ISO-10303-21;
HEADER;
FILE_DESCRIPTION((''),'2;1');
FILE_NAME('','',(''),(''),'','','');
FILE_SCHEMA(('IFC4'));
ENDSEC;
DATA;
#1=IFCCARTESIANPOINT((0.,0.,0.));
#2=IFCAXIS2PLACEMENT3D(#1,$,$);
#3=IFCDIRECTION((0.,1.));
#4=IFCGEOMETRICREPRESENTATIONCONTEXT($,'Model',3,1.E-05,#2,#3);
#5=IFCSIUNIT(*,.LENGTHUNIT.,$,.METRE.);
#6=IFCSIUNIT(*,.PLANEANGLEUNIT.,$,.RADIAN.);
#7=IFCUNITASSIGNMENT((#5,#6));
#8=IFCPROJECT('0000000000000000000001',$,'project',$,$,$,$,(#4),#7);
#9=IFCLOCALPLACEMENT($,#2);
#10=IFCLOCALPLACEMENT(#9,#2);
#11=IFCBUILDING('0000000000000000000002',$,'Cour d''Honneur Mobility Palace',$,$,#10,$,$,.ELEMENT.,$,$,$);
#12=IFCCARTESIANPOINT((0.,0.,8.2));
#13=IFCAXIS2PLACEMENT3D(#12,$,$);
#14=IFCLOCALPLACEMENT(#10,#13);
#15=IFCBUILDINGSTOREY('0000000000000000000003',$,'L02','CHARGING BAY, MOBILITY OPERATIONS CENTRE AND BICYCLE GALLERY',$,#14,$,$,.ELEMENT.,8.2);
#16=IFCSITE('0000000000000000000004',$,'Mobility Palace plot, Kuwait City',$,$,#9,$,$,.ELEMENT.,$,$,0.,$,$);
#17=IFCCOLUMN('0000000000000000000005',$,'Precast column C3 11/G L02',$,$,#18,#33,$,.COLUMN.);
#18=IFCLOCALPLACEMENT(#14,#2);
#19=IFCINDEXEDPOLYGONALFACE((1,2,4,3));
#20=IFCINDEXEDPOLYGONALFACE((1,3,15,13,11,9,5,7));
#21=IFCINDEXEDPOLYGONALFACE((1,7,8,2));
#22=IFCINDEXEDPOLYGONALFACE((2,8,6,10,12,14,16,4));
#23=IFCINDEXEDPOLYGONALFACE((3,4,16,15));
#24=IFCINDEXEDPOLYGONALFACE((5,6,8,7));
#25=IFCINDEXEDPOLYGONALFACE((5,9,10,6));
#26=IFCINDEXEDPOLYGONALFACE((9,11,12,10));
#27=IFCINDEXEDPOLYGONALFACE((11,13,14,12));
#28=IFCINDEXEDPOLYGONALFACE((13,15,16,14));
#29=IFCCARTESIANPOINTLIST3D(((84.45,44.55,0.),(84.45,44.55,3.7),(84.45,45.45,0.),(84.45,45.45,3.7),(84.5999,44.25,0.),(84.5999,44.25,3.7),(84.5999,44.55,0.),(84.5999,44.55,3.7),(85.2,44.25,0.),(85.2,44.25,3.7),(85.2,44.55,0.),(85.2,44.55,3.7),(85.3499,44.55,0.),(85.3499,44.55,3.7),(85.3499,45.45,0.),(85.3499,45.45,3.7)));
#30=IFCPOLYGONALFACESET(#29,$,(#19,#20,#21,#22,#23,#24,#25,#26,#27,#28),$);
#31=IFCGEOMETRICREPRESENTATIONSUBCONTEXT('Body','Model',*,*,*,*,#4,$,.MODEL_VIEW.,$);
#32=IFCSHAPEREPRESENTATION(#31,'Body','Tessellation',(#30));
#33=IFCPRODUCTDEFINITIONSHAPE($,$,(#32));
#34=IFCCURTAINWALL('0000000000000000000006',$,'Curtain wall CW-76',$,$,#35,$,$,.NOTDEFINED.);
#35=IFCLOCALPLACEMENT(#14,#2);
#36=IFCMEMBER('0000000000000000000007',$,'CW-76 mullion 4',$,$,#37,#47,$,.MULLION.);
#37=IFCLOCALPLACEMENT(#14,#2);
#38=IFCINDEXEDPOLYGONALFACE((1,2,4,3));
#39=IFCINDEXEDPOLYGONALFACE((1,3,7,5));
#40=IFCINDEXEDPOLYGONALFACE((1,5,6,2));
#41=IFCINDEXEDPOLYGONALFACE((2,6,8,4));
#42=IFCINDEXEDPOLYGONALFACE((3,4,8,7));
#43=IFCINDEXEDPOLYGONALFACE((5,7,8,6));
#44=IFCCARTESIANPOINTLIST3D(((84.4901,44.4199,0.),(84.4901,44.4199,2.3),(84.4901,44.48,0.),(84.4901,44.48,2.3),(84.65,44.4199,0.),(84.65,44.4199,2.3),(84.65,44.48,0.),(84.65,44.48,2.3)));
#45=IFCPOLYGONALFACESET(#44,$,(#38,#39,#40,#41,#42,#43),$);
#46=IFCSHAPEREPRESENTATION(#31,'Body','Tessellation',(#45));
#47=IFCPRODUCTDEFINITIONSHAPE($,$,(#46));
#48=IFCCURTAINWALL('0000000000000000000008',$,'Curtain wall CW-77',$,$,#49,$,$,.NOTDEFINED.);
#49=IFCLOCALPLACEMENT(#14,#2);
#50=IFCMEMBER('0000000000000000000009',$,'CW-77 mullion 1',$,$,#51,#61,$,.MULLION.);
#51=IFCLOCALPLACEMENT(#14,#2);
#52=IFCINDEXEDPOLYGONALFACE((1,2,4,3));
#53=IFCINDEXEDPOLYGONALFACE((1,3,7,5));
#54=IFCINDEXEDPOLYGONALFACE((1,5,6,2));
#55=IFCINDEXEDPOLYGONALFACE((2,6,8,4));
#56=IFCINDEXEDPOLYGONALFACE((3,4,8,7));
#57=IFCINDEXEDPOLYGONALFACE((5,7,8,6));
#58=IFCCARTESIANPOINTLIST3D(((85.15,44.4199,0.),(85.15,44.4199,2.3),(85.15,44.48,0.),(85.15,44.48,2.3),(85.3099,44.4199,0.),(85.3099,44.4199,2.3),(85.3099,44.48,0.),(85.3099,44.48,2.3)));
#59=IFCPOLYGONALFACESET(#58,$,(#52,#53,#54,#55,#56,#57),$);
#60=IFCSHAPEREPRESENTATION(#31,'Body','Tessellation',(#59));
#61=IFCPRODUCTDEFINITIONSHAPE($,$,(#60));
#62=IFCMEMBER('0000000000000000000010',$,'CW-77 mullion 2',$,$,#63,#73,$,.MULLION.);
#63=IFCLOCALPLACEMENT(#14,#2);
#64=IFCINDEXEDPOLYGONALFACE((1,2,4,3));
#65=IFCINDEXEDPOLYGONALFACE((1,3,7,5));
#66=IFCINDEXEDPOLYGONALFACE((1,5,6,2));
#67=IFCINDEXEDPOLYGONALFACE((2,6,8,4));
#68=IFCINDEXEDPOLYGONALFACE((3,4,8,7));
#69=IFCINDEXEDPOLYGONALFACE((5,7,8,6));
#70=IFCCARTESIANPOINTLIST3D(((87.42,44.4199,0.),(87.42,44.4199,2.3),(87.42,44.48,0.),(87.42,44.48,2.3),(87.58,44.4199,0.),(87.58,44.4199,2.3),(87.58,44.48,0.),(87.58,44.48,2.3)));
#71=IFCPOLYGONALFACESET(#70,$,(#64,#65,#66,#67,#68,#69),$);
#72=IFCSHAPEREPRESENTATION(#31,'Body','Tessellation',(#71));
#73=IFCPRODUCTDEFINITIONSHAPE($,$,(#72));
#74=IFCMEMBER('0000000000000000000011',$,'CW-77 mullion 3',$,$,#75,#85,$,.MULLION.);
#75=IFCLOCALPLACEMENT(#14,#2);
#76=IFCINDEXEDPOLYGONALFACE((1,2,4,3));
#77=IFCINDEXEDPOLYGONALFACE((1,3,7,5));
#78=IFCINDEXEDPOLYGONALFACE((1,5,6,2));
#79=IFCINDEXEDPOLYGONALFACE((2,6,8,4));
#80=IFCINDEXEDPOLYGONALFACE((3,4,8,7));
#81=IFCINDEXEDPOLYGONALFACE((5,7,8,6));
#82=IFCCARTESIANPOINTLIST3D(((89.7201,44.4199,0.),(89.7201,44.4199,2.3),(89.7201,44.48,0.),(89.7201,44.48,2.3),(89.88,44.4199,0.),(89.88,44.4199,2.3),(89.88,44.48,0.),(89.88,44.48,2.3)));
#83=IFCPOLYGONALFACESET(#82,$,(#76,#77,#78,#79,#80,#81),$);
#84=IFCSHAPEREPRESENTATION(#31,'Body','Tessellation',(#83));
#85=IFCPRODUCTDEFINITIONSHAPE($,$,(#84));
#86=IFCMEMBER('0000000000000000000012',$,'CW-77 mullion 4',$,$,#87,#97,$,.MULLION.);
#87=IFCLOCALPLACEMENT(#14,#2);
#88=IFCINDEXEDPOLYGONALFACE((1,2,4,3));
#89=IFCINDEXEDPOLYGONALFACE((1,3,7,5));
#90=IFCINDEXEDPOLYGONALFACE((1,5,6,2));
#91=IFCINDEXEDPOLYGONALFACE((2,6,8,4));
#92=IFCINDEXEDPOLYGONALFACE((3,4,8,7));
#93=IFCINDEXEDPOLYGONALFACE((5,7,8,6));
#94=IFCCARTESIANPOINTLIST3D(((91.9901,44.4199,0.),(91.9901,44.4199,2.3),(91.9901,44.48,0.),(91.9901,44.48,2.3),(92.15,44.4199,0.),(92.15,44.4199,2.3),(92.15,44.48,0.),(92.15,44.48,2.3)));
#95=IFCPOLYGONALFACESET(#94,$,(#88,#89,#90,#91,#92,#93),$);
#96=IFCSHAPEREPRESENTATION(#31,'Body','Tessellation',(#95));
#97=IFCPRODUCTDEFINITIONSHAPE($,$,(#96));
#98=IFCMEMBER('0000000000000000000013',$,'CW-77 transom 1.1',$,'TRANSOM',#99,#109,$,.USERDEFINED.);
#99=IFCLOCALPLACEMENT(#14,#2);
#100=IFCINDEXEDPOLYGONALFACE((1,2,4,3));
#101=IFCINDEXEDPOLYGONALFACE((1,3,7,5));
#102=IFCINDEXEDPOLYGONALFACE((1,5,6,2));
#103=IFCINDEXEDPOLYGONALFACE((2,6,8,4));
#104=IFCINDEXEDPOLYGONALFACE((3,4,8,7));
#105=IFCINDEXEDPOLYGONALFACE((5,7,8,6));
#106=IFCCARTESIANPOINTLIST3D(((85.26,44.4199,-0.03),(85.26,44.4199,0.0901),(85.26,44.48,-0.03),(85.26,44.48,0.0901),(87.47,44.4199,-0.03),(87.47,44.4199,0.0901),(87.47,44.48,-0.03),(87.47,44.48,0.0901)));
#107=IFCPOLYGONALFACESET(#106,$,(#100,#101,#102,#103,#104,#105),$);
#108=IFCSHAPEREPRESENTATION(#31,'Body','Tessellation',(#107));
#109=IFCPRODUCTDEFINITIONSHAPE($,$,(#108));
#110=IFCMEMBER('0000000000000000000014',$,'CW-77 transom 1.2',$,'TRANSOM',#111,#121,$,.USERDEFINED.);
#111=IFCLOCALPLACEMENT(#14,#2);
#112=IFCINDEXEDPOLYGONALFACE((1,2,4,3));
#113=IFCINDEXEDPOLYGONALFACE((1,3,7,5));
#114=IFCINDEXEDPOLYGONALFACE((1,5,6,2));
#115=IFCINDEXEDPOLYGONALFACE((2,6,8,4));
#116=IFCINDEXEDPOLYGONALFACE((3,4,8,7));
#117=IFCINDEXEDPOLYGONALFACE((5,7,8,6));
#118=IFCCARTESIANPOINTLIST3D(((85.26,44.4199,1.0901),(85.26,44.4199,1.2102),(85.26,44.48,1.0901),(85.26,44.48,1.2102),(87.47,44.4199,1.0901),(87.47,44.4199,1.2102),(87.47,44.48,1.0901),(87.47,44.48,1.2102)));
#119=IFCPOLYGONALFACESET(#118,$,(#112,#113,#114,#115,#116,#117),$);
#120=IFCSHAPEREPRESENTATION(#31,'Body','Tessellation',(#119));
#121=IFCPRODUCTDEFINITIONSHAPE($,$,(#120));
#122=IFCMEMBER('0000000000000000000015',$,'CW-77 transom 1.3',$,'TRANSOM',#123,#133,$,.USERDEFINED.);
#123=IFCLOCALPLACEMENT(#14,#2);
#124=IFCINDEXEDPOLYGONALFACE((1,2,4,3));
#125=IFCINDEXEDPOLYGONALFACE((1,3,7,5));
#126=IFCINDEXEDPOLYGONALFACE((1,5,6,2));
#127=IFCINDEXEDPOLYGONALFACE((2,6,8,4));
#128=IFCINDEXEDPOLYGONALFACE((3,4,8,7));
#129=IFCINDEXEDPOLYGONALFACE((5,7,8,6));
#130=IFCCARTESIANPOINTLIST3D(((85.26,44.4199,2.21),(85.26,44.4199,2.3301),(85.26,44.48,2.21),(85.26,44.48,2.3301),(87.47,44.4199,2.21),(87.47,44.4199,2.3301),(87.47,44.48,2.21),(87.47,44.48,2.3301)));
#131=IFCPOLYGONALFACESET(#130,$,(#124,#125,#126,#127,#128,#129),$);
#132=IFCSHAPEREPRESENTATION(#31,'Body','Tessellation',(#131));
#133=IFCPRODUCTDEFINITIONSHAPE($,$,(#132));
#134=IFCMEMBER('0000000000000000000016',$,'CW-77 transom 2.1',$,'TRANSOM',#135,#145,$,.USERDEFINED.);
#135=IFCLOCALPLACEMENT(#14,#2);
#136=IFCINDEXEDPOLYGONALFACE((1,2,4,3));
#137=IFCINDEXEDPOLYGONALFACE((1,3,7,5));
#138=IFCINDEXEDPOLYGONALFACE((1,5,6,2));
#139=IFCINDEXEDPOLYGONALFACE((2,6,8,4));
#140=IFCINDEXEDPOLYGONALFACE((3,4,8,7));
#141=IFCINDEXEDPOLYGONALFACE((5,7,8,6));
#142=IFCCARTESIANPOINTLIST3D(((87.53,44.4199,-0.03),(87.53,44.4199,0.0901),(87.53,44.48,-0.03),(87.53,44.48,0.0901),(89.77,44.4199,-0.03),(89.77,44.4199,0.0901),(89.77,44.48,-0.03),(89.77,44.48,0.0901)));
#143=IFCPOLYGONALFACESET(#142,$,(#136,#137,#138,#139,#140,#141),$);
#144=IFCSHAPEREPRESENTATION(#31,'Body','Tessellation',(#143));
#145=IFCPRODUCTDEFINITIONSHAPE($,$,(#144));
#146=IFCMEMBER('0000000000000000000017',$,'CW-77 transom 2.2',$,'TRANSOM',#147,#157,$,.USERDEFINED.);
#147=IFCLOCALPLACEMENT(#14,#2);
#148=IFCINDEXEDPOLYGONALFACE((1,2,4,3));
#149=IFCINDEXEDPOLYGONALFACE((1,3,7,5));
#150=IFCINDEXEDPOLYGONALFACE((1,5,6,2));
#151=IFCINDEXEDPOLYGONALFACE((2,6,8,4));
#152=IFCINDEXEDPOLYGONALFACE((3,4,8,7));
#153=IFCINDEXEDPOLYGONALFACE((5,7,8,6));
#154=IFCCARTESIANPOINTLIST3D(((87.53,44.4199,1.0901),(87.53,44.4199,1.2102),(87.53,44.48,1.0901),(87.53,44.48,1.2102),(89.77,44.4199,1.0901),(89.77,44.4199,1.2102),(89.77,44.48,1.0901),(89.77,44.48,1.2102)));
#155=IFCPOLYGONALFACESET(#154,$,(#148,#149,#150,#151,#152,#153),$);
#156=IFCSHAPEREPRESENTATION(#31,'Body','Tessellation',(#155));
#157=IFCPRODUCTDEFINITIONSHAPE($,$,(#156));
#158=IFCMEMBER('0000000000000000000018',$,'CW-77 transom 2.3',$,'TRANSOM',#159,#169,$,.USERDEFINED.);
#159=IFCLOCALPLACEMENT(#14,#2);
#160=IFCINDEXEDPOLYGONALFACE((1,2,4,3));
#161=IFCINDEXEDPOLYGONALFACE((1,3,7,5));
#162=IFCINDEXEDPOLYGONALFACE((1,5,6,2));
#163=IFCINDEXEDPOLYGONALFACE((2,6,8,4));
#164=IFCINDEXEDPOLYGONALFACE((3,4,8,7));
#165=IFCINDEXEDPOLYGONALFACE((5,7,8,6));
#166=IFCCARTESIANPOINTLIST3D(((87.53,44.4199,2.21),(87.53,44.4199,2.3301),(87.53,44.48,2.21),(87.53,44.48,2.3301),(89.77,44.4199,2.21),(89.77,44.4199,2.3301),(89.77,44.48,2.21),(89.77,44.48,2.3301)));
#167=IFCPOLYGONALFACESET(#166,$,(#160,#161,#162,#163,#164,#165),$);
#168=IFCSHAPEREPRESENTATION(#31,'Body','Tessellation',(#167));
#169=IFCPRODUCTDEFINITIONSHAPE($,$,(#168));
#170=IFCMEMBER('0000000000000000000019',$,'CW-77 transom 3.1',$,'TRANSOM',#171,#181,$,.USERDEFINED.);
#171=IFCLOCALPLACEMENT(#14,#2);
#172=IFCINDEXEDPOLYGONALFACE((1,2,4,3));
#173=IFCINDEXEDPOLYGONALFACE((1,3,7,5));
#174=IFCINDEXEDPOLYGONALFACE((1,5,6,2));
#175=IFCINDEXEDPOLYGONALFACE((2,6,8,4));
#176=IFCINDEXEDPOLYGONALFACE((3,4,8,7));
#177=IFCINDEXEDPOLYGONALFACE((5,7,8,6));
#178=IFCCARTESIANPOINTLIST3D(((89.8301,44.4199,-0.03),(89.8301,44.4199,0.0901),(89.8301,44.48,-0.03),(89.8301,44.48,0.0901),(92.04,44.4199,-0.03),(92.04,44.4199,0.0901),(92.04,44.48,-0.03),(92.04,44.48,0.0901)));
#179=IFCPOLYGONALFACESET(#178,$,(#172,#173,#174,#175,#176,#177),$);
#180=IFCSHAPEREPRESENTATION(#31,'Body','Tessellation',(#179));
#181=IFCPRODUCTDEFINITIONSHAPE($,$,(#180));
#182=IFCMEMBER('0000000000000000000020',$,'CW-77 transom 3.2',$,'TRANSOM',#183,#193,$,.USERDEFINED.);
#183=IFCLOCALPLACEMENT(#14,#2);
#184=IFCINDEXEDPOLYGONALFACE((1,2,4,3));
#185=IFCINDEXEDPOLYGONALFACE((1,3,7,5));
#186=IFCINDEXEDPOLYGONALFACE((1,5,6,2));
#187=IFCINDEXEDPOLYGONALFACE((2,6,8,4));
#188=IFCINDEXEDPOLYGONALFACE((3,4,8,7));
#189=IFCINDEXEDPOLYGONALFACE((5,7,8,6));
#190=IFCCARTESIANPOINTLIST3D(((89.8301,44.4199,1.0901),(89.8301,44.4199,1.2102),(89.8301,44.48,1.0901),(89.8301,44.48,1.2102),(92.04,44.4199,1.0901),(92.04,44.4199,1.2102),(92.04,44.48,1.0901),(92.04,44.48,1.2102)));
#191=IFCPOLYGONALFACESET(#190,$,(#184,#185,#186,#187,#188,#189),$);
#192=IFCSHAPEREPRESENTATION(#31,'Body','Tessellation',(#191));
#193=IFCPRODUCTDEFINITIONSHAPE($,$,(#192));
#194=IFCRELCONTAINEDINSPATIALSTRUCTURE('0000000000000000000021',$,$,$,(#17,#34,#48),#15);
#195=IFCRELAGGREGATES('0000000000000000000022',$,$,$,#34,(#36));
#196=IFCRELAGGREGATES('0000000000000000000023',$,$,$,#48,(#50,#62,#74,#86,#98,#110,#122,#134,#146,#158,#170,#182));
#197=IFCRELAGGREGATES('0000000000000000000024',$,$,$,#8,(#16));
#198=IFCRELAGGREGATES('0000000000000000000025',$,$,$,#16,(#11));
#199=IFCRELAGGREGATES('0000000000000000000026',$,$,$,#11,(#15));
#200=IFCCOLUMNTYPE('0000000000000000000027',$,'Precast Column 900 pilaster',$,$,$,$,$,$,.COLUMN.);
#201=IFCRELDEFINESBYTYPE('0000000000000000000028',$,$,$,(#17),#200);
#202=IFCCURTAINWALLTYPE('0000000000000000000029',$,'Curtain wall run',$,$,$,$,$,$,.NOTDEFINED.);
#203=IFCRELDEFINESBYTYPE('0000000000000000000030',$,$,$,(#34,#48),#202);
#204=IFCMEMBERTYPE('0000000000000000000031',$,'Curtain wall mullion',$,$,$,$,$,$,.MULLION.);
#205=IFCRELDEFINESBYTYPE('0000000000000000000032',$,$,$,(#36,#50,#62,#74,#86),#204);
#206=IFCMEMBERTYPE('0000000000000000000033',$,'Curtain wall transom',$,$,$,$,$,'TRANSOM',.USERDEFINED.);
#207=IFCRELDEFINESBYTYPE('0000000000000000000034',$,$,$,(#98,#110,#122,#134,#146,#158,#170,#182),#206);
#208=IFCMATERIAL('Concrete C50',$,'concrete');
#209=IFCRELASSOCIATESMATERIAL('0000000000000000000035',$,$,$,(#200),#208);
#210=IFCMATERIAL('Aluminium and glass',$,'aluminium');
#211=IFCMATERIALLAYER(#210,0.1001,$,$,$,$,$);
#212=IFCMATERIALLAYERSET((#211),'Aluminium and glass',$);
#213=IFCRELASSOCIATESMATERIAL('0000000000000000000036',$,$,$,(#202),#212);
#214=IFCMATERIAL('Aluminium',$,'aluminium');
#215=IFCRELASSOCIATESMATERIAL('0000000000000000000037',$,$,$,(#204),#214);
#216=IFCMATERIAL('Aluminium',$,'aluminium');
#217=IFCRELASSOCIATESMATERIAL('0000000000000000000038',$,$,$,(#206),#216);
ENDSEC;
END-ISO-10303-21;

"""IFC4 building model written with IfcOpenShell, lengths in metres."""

from ifc_helpers import new_model, si_unit, direction, frame, origin, origin_2d, place, context, subcontext, project, spatial, polyline, rectangle, outline, extrude, material, layer, layer_set, material_profile, profile_set, type_object, element, aggregate, save


model = new_model("IFC4")

# Units and contexts
model_context = context("Model", 3, precision=1e-05, world=origin(), true_north=direction((0.0, 1.0)))
body_context = subcontext(model_context, "Body", "Model", "MODEL_VIEW")
ifc_project = project(units=[si_unit("LENGTHUNIT", "METRE"), si_unit("PLANEANGLEUNIT", "RADIAN")], contexts=[model_context])

# Site, building, storey
site_placement = place(None, origin())
site = spatial("IfcSite", under=ifc_project, at=site_placement, Name="Mobility Palace plot, Kuwait City", CompositionType="ELEMENT", RefElevation=0.0)
building_placement = place(site_placement, origin())
building = spatial("IfcBuilding", under=site, at=building_placement, Name="Cour d'Honneur Mobility Palace", CompositionType="ELEMENT")
storey_placement = place(building_placement, frame((0.0, 0.0, 8.2)))
storey = spatial("IfcBuildingStorey", under=building, at=storey_placement, Name="L02", Description="CHARGING BAY, MOBILITY OPERATIONS CENTRE AND BICYCLE GALLERY", CompositionType="ELEMENT", Elevation=8.2)

# Column
ifc_material_1 = material(Name="Concrete C50", Category="concrete")
ifc_material_profile_1 = material_profile(ifc_material_1, outline(polyline([(-0.45, -0.45), (0.45, -0.45), (0.45, -0.3), (0.75, -0.3), (0.75, 0.3), (0.45, 0.3), (0.45, 0.45), (-0.45, 0.45), (-0.45, -0.45)])), Name="PC C900 pilaster")
ifc_profile_set_1 = profile_set([ifc_material_profile_1], Name="Concrete C50")
column_type = type_object("IfcColumnType", Name="Precast Column 900 pilaster", PredefinedType="COLUMN", material=ifc_profile_set_1)
column_placement = place(storey_placement, frame((84.8999, 45.0, 0.0), z_axis=(0.0, 0.0, 1.0), x_axis=(0.0, -1.0, 0.0)))
element("IfcColumn", 1, at=column_placement, inside=storey, type_object=column_type, Name="Precast column C3 11/G L02", PredefinedType="COLUMN", context=body_context, shape_type="SweptSolid", body=[
    extrude(outline(polyline([(-0.45, -0.45), (0.45, -0.45), (0.45, -0.3), (0.75, -0.3), (0.75, 0.3), (0.45, 0.3), (0.45, 0.45), (-0.45, 0.45), (-0.45, -0.45)])), origin(), (0.0, 0.0, 1.0), 3.7),
])

# Curtain wall, member
ifc_material_2 = material(Name="Aluminium and glass", Category="aluminium")
ifc_layer_1 = layer(ifc_material_2, 0.1001)
ifc_layer_set_1 = layer_set([ifc_layer_1], Name="Aluminium and glass")
curtain_wall_type = type_object("IfcCurtainWallType", Name="Curtain wall run", PredefinedType="NOTDEFINED", material=ifc_layer_set_1)
curtain_wall_1_placement = place(storey_placement, origin())
curtain_wall_1 = element("IfcCurtainWall", 2, at=curtain_wall_1_placement, inside=storey, type_object=curtain_wall_type, Name="Curtain wall CW-76", PredefinedType="NOTDEFINED")
ifc_material_3 = material(Name="Aluminium", Category="aluminium")
ifc_material_profile_2 = material_profile(ifc_material_3, rectangle(XDim=0.0601, YDim=0.1599, at=origin_2d()), Name="Curtain wall mullion")
ifc_profile_set_2 = profile_set([ifc_material_profile_2], Name="Aluminium")
member_type_1 = type_object("IfcMemberType", Name="Curtain wall mullion", PredefinedType="MULLION", material=ifc_profile_set_2)
member_1_placement = place(storey_placement, frame((84.5701, 44.45, 0.0), z_axis=(0.0, 0.0, 1.0), x_axis=(0.0, 1.0, 0.0)))
member_1 = element("IfcMember", 3, at=member_1_placement, type_object=member_type_1, Name="CW-76 mullion 4", PredefinedType="MULLION", context=body_context, shape_type="SweptSolid", body=[
    extrude(rectangle(XDim=0.0601, YDim=0.1599, at=origin_2d()), origin(), (0.0, 0.0, 1.0), 2.3),
])
aggregate(curtain_wall_1, [member_1])

# Curtain wall, members
curtain_wall_2_placement = place(storey_placement, origin())
curtain_wall_2 = element("IfcCurtainWall", 4, at=curtain_wall_2_placement, inside=storey, type_object=curtain_wall_type, Name="Curtain wall CW-77", PredefinedType="NOTDEFINED")
member_2_placement = place(storey_placement, frame((85.23, 44.45, 0.0), z_axis=(0.0, 0.0, 1.0), x_axis=(0.0, 1.0, 0.0)))
member_2 = element("IfcMember", 5, at=member_2_placement, type_object=member_type_1, Name="CW-77 mullion 1", PredefinedType="MULLION", context=body_context, shape_type="SweptSolid", body=[
    extrude(rectangle(XDim=0.0601, YDim=0.1599, at=origin_2d()), origin(), (0.0, 0.0, 1.0), 2.3),
])
member_3_placement = place(storey_placement, frame((87.5, 44.45, 0.0), z_axis=(0.0, 0.0, 1.0), x_axis=(0.0, 1.0, 0.0)))
member_3 = element("IfcMember", 6, at=member_3_placement, type_object=member_type_1, Name="CW-77 mullion 2", PredefinedType="MULLION", context=body_context, shape_type="SweptSolid", body=[
    extrude(rectangle(XDim=0.0601, YDim=0.1599, at=origin_2d()), origin(), (0.0, 0.0, 1.0), 2.3),
])
member_4_placement = place(storey_placement, frame((89.8, 44.45, 0.0), z_axis=(0.0, 0.0, 1.0), x_axis=(0.0, 1.0, 0.0)))
member_4 = element("IfcMember", 7, at=member_4_placement, type_object=member_type_1, Name="CW-77 mullion 3", PredefinedType="MULLION", context=body_context, shape_type="SweptSolid", body=[
    extrude(rectangle(XDim=0.0601, YDim=0.1599, at=origin_2d()), origin(), (0.0, 0.0, 1.0), 2.3),
])
member_5_placement = place(storey_placement, frame((92.0701, 44.45, 0.0), z_axis=(0.0, 0.0, 1.0), x_axis=(0.0, 1.0, 0.0)))
member_5 = element("IfcMember", 8, at=member_5_placement, type_object=member_type_1, Name="CW-77 mullion 4", PredefinedType="MULLION", context=body_context, shape_type="SweptSolid", body=[
    extrude(rectangle(XDim=0.0601, YDim=0.1599, at=origin_2d()), origin(), (0.0, 0.0, 1.0), 2.3),
])
ifc_material_4 = material(Name="Aluminium", Category="aluminium")
ifc_material_profile_3 = material_profile(ifc_material_4, rectangle(XDim=0.0601, YDim=0.1201, at=origin_2d()), Name="Curtain wall transom")
ifc_profile_set_3 = profile_set([ifc_material_profile_3], Name="Aluminium")
member_type_2 = type_object("IfcMemberType", Name="Curtain wall transom", ElementType="TRANSOM", PredefinedType="USERDEFINED", material=ifc_profile_set_3)
member_6_placement = place(storey_placement, frame((85.26, 44.45, 0.03), z_axis=(1.0, 0.0, 0.0), x_axis=(0.0, 1.0, 0.0)))
member_6 = element("IfcMember", 9, at=member_6_placement, type_object=member_type_2, Name="CW-77 transom 1.1", ObjectType="TRANSOM", PredefinedType="USERDEFINED", context=body_context, shape_type="SweptSolid", body=[
    extrude(rectangle(XDim=0.0601, YDim=0.1201, at=origin_2d()), origin(), (0.0, 0.0, 1.0), 2.21),
])
member_7_placement = place(storey_placement, frame((85.26, 44.45, 1.1501), z_axis=(1.0, 0.0, 0.0), x_axis=(0.0, 1.0, 0.0)))
member_7 = element("IfcMember", 10, at=member_7_placement, type_object=member_type_2, Name="CW-77 transom 1.2", ObjectType="TRANSOM", PredefinedType="USERDEFINED", context=body_context, shape_type="SweptSolid", body=[
    extrude(rectangle(XDim=0.0601, YDim=0.1201, at=origin_2d()), origin(), (0.0, 0.0, 1.0), 2.21),
])
member_8_placement = place(storey_placement, frame((85.26, 44.45, 2.27), z_axis=(1.0, 0.0, 0.0), x_axis=(0.0, 1.0, 0.0)))
member_8 = element("IfcMember", 11, at=member_8_placement, type_object=member_type_2, Name="CW-77 transom 1.3", ObjectType="TRANSOM", PredefinedType="USERDEFINED", context=body_context, shape_type="SweptSolid", body=[
    extrude(rectangle(XDim=0.0601, YDim=0.1201, at=origin_2d()), origin(), (0.0, 0.0, 1.0), 2.21),
])
member_9_placement = place(storey_placement, frame((87.53, 44.45, 0.03), z_axis=(1.0, 0.0, 0.0), x_axis=(0.0, 1.0, 0.0)))
member_9 = element("IfcMember", 12, at=member_9_placement, type_object=member_type_2, Name="CW-77 transom 2.1", ObjectType="TRANSOM", PredefinedType="USERDEFINED", context=body_context, shape_type="SweptSolid", body=[
    extrude(rectangle(XDim=0.0601, YDim=0.1201, at=origin_2d()), origin(), (0.0, 0.0, 1.0), 2.24),
])
member_10_placement = place(storey_placement, frame((87.53, 44.45, 1.1501), z_axis=(1.0, 0.0, 0.0), x_axis=(0.0, 1.0, 0.0)))
member_10 = element("IfcMember", 13, at=member_10_placement, type_object=member_type_2, Name="CW-77 transom 2.2", ObjectType="TRANSOM", PredefinedType="USERDEFINED", context=body_context, shape_type="SweptSolid", body=[
    extrude(rectangle(XDim=0.0601, YDim=0.1201, at=origin_2d()), origin(), (0.0, 0.0, 1.0), 2.24),
])
member_11_placement = place(storey_placement, frame((87.53, 44.45, 2.27), z_axis=(1.0, 0.0, 0.0), x_axis=(0.0, 1.0, 0.0)))
member_11 = element("IfcMember", 14, at=member_11_placement, type_object=member_type_2, Name="CW-77 transom 2.3", ObjectType="TRANSOM", PredefinedType="USERDEFINED", context=body_context, shape_type="SweptSolid", body=[
    extrude(rectangle(XDim=0.0601, YDim=0.1201, at=origin_2d()), origin(), (0.0, 0.0, 1.0), 2.24),
])
member_12_placement = place(storey_placement, frame((89.8301, 44.45, 0.03), z_axis=(1.0, 0.0, 0.0), x_axis=(0.0, 1.0, 0.0)))
member_12 = element("IfcMember", 15, at=member_12_placement, type_object=member_type_2, Name="CW-77 transom 3.1", ObjectType="TRANSOM", PredefinedType="USERDEFINED", context=body_context, shape_type="SweptSolid", body=[
    extrude(rectangle(XDim=0.0601, YDim=0.1201, at=origin_2d()), origin(), (0.0, 0.0, 1.0), 2.21),
])
member_13_placement = place(storey_placement, frame((89.8301, 44.45, 1.1501), z_axis=(1.0, 0.0, 0.0), x_axis=(0.0, 1.0, 0.0)))
member_13 = element("IfcMember", 16, at=member_13_placement, type_object=member_type_2, Name="CW-77 transom 3.2", ObjectType="TRANSOM", PredefinedType="USERDEFINED", context=body_context, shape_type="SweptSolid", body=[
    extrude(rectangle(XDim=0.0601, YDim=0.1201, at=origin_2d()), origin(), (0.0, 0.0, 1.0), 2.21),
])

aggregate(curtain_wall_2, [member_2, member_3, member_4, member_5, member_6, member_7, member_8, member_9, member_10, member_11, member_12, member_13])

save(model, "model.ifc")
